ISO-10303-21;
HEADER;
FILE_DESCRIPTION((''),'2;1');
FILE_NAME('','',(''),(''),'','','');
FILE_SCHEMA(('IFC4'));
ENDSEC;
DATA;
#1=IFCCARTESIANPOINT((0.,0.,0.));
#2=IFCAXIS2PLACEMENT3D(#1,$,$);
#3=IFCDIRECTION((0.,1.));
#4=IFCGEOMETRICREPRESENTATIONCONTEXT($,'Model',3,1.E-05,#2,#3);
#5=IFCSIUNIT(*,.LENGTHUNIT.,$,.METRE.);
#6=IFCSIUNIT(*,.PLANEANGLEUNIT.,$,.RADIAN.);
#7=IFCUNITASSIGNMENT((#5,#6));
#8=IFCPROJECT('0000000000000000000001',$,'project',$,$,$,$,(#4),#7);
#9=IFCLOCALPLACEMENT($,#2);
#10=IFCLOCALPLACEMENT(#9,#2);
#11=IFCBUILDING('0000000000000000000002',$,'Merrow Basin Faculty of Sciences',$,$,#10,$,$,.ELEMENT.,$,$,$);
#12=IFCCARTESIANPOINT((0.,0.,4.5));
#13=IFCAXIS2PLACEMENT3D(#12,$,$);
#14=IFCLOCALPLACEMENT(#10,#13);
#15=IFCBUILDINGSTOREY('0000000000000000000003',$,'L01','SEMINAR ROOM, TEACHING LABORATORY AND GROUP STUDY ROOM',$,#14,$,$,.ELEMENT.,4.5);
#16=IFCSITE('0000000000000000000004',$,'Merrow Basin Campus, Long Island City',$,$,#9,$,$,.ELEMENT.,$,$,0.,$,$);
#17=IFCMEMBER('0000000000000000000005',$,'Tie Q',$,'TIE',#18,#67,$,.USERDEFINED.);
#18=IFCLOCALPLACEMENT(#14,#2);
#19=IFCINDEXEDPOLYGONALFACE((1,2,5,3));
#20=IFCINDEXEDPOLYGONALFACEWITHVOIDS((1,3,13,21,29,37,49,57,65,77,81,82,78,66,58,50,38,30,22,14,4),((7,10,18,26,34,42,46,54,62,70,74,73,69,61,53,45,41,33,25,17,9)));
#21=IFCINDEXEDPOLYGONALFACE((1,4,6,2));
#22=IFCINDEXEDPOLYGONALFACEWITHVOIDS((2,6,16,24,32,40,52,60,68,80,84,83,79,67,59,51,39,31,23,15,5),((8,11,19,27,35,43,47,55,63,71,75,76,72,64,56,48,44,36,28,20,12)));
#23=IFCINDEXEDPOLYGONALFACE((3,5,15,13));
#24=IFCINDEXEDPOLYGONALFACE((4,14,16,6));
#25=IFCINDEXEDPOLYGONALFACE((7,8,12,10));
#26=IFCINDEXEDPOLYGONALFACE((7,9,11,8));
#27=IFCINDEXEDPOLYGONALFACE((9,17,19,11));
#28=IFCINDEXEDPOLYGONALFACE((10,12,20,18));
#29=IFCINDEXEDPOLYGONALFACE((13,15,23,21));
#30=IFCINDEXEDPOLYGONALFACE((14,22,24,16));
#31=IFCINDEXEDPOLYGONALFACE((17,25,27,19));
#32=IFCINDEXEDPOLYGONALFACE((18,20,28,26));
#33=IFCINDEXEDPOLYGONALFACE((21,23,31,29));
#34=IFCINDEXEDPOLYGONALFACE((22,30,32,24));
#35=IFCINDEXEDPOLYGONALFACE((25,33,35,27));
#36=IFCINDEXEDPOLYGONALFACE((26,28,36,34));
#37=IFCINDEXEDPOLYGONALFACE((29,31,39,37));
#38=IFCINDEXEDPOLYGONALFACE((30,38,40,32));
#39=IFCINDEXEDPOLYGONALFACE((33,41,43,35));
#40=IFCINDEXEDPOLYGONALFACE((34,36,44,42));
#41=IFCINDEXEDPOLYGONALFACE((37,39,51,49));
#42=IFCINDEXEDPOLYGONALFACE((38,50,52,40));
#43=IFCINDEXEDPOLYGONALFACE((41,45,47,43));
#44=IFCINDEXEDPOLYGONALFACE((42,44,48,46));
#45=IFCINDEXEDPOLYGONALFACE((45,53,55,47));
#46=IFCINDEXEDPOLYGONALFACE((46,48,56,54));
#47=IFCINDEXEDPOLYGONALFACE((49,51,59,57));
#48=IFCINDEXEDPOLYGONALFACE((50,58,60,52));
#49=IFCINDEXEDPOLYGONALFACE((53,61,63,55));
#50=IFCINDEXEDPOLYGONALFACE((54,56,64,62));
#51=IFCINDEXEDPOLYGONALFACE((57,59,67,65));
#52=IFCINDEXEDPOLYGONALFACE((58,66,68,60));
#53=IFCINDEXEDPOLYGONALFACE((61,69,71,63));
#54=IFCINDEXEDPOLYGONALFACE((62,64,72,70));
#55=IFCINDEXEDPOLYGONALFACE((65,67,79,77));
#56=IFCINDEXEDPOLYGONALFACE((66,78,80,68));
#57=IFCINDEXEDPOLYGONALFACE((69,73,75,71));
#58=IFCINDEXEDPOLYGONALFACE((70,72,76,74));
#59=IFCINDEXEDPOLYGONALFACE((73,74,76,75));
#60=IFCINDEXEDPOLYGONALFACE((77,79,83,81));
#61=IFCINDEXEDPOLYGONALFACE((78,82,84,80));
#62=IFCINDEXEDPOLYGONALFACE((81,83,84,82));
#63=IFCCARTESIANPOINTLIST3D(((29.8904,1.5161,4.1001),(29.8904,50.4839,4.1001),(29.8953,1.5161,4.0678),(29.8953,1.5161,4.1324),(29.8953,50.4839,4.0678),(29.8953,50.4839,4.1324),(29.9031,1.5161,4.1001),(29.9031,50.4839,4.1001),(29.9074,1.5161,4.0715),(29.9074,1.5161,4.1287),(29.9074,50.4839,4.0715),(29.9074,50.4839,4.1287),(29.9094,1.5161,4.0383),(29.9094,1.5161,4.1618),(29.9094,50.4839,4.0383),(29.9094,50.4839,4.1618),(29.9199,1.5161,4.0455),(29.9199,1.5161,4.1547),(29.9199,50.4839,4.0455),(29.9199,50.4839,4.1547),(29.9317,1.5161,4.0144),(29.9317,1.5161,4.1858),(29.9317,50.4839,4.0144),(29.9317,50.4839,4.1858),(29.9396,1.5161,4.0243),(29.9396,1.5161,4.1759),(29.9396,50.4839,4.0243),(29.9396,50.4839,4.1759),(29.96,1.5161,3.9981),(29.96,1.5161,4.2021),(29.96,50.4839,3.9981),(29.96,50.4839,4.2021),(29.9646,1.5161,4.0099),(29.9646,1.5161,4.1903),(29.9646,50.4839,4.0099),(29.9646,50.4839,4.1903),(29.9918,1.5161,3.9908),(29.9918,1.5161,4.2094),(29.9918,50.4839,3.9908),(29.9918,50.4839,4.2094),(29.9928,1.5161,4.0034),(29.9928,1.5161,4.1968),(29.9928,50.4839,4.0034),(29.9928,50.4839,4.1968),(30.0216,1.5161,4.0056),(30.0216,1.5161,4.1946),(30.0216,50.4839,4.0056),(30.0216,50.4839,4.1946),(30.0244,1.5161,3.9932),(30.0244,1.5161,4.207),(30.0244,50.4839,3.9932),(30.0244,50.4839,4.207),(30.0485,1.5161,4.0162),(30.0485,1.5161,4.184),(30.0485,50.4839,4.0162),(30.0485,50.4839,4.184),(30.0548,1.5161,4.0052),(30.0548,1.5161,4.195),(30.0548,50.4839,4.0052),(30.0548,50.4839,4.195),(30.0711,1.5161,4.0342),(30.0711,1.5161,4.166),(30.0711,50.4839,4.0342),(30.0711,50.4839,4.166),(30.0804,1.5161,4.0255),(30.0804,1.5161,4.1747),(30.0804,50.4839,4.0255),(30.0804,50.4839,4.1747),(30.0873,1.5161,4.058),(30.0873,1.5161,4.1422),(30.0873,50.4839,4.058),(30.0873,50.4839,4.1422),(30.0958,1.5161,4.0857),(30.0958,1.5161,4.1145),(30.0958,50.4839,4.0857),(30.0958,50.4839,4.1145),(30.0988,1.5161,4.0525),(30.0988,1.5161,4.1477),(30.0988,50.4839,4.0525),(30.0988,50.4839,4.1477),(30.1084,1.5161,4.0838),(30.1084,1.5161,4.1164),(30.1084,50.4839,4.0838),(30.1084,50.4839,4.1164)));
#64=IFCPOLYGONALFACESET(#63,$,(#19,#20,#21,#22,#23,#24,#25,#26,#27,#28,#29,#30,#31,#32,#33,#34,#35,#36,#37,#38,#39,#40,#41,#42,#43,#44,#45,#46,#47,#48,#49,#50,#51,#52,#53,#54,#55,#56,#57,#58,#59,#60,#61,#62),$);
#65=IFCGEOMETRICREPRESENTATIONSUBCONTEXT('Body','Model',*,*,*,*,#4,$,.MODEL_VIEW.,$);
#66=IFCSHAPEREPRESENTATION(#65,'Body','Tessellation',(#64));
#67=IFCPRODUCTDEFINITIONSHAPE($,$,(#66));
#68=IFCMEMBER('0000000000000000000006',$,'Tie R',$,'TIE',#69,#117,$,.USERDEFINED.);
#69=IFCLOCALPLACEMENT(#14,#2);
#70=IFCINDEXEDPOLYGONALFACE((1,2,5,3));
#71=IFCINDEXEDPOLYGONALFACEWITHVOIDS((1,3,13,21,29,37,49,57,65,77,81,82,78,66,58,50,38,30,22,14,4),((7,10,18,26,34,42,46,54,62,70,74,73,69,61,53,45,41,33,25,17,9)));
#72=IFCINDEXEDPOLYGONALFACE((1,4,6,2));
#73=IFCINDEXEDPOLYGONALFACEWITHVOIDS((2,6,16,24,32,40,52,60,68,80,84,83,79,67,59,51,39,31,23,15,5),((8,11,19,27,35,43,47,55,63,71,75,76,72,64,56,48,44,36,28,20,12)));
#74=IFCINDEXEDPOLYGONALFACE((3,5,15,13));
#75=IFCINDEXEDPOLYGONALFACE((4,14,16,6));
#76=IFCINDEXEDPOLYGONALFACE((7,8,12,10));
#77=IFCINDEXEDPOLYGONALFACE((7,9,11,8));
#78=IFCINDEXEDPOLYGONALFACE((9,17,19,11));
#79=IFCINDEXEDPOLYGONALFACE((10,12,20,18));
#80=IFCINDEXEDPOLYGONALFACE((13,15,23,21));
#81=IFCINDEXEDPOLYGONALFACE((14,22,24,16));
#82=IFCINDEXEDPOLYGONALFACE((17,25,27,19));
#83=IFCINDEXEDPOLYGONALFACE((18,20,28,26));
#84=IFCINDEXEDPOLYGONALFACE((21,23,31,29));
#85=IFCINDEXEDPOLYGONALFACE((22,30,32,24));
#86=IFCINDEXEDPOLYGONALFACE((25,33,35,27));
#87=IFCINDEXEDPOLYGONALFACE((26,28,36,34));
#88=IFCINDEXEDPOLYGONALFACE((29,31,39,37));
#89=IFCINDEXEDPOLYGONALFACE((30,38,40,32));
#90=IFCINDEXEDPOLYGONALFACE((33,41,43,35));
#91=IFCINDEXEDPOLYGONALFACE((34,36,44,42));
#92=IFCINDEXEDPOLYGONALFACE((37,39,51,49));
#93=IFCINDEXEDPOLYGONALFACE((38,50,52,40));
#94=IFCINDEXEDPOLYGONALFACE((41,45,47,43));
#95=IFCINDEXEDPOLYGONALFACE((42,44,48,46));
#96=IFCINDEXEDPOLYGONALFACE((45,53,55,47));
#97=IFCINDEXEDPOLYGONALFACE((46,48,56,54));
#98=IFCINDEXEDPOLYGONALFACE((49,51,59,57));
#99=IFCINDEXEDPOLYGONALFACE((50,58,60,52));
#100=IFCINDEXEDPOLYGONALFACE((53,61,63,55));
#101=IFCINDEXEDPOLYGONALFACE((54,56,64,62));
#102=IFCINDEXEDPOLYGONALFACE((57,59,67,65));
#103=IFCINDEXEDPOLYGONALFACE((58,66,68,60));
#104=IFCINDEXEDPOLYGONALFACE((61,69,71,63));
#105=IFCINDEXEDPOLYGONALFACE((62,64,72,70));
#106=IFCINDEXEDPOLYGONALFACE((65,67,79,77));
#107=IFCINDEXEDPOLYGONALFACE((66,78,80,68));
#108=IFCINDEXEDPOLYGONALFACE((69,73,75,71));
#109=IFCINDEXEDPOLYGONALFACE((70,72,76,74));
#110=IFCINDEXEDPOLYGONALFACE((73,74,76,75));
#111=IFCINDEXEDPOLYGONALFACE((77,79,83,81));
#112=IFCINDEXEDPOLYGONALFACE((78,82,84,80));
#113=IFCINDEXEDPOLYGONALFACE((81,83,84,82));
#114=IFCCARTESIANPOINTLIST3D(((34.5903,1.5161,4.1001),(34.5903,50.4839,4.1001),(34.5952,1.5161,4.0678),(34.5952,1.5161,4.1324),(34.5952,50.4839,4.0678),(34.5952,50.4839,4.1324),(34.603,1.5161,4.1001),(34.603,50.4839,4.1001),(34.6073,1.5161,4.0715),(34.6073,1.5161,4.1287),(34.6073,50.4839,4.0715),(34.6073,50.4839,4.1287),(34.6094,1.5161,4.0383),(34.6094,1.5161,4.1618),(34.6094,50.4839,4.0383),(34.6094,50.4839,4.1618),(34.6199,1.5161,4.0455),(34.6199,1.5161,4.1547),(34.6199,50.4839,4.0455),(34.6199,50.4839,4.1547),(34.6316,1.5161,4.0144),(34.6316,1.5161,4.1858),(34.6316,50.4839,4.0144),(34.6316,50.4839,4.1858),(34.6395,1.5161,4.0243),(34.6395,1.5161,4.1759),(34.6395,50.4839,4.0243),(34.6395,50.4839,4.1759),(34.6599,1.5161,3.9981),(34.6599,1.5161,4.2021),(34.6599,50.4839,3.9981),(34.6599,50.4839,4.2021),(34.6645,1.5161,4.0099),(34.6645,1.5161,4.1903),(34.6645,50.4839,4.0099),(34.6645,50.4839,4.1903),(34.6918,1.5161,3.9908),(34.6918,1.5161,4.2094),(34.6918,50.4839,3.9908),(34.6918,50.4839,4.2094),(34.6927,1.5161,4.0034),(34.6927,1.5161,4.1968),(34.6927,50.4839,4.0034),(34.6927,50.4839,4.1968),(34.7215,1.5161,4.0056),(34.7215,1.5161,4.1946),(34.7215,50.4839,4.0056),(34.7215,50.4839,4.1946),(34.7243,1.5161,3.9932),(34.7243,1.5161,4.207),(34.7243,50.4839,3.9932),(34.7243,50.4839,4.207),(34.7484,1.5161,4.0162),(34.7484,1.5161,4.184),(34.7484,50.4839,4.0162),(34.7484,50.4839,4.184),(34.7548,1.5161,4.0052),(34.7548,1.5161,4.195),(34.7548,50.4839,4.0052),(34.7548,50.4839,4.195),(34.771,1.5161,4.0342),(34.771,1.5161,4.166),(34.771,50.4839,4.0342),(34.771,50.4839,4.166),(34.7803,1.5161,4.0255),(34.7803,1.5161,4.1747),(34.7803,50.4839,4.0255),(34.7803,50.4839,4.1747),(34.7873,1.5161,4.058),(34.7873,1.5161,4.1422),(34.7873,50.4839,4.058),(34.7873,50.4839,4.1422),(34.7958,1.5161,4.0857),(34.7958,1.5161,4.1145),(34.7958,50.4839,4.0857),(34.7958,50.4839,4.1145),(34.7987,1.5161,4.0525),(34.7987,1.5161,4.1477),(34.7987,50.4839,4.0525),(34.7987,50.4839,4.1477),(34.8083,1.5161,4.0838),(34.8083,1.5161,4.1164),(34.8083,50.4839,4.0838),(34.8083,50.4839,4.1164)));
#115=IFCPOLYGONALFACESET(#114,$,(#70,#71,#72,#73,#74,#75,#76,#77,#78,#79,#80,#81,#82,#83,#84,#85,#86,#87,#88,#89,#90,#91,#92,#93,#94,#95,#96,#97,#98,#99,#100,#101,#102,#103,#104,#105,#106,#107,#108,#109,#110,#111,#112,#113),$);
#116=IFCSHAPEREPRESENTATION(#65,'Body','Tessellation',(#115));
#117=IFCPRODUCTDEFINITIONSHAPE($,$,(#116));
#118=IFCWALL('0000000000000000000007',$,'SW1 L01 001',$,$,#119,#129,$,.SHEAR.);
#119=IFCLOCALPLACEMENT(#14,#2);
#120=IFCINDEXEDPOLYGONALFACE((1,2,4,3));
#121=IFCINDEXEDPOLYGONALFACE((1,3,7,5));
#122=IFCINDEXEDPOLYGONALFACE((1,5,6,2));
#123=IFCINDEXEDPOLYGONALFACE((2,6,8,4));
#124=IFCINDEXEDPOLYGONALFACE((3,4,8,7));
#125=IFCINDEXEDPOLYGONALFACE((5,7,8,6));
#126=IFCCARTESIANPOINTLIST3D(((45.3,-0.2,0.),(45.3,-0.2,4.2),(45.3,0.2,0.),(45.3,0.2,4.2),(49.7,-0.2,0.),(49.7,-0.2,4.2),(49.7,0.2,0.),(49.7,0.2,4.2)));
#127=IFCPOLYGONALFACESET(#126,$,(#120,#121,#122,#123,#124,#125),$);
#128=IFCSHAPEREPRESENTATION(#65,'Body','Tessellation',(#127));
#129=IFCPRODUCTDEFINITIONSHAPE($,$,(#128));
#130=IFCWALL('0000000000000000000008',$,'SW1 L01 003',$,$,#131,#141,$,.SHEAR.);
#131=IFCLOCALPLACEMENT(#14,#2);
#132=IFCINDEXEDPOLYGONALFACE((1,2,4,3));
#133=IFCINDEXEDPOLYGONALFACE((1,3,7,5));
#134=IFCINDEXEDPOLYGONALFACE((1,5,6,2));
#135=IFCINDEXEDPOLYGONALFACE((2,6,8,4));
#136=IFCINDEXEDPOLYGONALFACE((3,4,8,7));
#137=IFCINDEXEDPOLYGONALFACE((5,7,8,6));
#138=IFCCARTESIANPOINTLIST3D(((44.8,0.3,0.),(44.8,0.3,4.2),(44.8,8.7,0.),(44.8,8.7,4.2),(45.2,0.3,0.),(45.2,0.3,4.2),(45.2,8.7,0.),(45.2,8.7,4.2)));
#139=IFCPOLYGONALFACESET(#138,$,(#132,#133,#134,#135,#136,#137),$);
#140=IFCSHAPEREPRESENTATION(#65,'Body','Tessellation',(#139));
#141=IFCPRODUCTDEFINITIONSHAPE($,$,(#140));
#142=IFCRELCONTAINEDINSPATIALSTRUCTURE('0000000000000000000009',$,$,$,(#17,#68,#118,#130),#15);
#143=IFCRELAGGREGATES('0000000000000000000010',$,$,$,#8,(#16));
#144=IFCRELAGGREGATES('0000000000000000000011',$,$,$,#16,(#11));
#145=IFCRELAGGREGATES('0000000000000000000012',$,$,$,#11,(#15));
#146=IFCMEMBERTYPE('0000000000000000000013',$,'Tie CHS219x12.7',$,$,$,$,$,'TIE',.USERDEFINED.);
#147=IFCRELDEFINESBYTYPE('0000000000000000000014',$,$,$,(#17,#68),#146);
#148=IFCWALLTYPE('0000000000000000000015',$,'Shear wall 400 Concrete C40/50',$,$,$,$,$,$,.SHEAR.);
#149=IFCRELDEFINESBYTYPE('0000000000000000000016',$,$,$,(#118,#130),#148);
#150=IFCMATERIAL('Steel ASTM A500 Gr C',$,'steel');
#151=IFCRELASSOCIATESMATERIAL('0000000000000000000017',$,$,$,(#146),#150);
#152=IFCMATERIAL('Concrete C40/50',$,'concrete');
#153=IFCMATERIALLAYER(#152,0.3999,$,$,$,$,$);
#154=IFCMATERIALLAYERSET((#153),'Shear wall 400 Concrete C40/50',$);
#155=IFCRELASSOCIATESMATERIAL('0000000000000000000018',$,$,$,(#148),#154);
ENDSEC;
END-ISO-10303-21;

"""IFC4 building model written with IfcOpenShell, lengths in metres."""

from ifc_helpers import new_model, si_unit, direction, frame, frame_2d, origin, origin_2d, place, context, subcontext, project, spatial, rectangle, hollow_circle, extrude, material, layer, layer_set, material_profile, profile_set, type_object, element, save


model = new_model("IFC4")

# Units and contexts
model_context = context("Model", 3, precision=1e-05, world=origin(), true_north=direction((0.0, 1.0)))
body_context = subcontext(model_context, "Body", "Model", "MODEL_VIEW")
ifc_project = project(units=[si_unit("LENGTHUNIT", "METRE"), si_unit("PLANEANGLEUNIT", "RADIAN")], contexts=[model_context])

# Site, building, storey
site_placement = place(None, origin())
site = spatial("IfcSite", under=ifc_project, at=site_placement, Name="Merrow Basin Campus, Long Island City", CompositionType="ELEMENT", RefElevation=0.0)
building_placement = place(site_placement, origin())
building = spatial("IfcBuilding", under=site, at=building_placement, Name="Merrow Basin Faculty of Sciences", CompositionType="ELEMENT")
storey_placement = place(building_placement, frame((0.0, 0.0, 4.5)))
storey = spatial("IfcBuildingStorey", under=building, at=storey_placement, Name="L01", Description="SEMINAR ROOM, TEACHING LABORATORY AND GROUP STUDY ROOM", CompositionType="ELEMENT", Elevation=4.5)

# Members
ifc_material_1 = material(Name="Steel ASTM A500 Gr C", Category="steel")
ifc_material_profile_1 = material_profile(ifc_material_1, hollow_circle(Radius=0.1096, WallThickness=0.0127, at=origin_2d()))
ifc_profile_set_1 = profile_set([ifc_material_profile_1], Name="Steel ASTM A500 Gr C")
member_type = type_object("IfcMemberType", Name="Tie CHS219x12.7", ElementType="TIE", PredefinedType="USERDEFINED", material=ifc_profile_set_1)
for number, where, z_axis, x_axis, name in (
    (1, (30.0, 1.5161, 4.1001), (0.0, 1.0, 0.0), (-1.0, 0.0, 0.0), "Tie Q"),
    (2, (34.7, 1.5161, 4.1001), (0.0, 1.0, 0.0), (-1.0, 0.0, 0.0), "Tie R"),
):
    element("IfcMember", number, at=place(storey_placement, frame(where, z_axis=z_axis, x_axis=x_axis)), inside=storey, type_object=member_type, Name=name, ObjectType="TIE", PredefinedType="USERDEFINED", context=body_context, shape_type="SweptSolid", body=[
        extrude(hollow_circle(Radius=0.1096, WallThickness=0.0127, at=origin_2d()), origin(), (0.0, 0.0, 1.0), 48.9678),
    ])

# Walls
ifc_material_2 = material(Name="Concrete C40/50", Category="concrete")
ifc_layer_1 = layer(ifc_material_2, 0.3999)
ifc_layer_set_1 = layer_set([ifc_layer_1], Name="Shear wall 400 Concrete C40/50")
wall_type = type_object("IfcWallType", Name="Shear wall 400 Concrete C40/50", PredefinedType="SHEAR", material=ifc_layer_set_1)
wall_1_placement = place(storey_placement, frame((45.3, 0.0, 0.0), z_axis=(0.0, 0.0, 1.0), x_axis=(1.0, 0.0, 0.0)))
element("IfcWall", 3, at=wall_1_placement, inside=storey, type_object=wall_type, Name="SW1 L01 001", PredefinedType="SHEAR", context=body_context, shape_type="SweptSolid", body=[
    extrude(rectangle(XDim=4.3999, YDim=0.3999, at=frame_2d((2.2, 0.0))), origin(), (0.0, 0.0, 1.0), 4.2),
])
wall_2_placement = place(storey_placement, frame((45.0, 0.3, 0.0), z_axis=(0.0, 0.0, 1.0), x_axis=(0.0, 1.0, 0.0)))
element("IfcWall", 4, at=wall_2_placement, inside=storey, type_object=wall_type, Name="SW1 L01 003", PredefinedType="SHEAR", context=body_context, shape_type="SweptSolid", body=[
    extrude(rectangle(XDim=8.3999, YDim=0.3999, at=frame_2d((4.2, 0.0))), origin(), (0.0, 0.0, 1.0), 4.2),
])

save(model, "model.ifc")
